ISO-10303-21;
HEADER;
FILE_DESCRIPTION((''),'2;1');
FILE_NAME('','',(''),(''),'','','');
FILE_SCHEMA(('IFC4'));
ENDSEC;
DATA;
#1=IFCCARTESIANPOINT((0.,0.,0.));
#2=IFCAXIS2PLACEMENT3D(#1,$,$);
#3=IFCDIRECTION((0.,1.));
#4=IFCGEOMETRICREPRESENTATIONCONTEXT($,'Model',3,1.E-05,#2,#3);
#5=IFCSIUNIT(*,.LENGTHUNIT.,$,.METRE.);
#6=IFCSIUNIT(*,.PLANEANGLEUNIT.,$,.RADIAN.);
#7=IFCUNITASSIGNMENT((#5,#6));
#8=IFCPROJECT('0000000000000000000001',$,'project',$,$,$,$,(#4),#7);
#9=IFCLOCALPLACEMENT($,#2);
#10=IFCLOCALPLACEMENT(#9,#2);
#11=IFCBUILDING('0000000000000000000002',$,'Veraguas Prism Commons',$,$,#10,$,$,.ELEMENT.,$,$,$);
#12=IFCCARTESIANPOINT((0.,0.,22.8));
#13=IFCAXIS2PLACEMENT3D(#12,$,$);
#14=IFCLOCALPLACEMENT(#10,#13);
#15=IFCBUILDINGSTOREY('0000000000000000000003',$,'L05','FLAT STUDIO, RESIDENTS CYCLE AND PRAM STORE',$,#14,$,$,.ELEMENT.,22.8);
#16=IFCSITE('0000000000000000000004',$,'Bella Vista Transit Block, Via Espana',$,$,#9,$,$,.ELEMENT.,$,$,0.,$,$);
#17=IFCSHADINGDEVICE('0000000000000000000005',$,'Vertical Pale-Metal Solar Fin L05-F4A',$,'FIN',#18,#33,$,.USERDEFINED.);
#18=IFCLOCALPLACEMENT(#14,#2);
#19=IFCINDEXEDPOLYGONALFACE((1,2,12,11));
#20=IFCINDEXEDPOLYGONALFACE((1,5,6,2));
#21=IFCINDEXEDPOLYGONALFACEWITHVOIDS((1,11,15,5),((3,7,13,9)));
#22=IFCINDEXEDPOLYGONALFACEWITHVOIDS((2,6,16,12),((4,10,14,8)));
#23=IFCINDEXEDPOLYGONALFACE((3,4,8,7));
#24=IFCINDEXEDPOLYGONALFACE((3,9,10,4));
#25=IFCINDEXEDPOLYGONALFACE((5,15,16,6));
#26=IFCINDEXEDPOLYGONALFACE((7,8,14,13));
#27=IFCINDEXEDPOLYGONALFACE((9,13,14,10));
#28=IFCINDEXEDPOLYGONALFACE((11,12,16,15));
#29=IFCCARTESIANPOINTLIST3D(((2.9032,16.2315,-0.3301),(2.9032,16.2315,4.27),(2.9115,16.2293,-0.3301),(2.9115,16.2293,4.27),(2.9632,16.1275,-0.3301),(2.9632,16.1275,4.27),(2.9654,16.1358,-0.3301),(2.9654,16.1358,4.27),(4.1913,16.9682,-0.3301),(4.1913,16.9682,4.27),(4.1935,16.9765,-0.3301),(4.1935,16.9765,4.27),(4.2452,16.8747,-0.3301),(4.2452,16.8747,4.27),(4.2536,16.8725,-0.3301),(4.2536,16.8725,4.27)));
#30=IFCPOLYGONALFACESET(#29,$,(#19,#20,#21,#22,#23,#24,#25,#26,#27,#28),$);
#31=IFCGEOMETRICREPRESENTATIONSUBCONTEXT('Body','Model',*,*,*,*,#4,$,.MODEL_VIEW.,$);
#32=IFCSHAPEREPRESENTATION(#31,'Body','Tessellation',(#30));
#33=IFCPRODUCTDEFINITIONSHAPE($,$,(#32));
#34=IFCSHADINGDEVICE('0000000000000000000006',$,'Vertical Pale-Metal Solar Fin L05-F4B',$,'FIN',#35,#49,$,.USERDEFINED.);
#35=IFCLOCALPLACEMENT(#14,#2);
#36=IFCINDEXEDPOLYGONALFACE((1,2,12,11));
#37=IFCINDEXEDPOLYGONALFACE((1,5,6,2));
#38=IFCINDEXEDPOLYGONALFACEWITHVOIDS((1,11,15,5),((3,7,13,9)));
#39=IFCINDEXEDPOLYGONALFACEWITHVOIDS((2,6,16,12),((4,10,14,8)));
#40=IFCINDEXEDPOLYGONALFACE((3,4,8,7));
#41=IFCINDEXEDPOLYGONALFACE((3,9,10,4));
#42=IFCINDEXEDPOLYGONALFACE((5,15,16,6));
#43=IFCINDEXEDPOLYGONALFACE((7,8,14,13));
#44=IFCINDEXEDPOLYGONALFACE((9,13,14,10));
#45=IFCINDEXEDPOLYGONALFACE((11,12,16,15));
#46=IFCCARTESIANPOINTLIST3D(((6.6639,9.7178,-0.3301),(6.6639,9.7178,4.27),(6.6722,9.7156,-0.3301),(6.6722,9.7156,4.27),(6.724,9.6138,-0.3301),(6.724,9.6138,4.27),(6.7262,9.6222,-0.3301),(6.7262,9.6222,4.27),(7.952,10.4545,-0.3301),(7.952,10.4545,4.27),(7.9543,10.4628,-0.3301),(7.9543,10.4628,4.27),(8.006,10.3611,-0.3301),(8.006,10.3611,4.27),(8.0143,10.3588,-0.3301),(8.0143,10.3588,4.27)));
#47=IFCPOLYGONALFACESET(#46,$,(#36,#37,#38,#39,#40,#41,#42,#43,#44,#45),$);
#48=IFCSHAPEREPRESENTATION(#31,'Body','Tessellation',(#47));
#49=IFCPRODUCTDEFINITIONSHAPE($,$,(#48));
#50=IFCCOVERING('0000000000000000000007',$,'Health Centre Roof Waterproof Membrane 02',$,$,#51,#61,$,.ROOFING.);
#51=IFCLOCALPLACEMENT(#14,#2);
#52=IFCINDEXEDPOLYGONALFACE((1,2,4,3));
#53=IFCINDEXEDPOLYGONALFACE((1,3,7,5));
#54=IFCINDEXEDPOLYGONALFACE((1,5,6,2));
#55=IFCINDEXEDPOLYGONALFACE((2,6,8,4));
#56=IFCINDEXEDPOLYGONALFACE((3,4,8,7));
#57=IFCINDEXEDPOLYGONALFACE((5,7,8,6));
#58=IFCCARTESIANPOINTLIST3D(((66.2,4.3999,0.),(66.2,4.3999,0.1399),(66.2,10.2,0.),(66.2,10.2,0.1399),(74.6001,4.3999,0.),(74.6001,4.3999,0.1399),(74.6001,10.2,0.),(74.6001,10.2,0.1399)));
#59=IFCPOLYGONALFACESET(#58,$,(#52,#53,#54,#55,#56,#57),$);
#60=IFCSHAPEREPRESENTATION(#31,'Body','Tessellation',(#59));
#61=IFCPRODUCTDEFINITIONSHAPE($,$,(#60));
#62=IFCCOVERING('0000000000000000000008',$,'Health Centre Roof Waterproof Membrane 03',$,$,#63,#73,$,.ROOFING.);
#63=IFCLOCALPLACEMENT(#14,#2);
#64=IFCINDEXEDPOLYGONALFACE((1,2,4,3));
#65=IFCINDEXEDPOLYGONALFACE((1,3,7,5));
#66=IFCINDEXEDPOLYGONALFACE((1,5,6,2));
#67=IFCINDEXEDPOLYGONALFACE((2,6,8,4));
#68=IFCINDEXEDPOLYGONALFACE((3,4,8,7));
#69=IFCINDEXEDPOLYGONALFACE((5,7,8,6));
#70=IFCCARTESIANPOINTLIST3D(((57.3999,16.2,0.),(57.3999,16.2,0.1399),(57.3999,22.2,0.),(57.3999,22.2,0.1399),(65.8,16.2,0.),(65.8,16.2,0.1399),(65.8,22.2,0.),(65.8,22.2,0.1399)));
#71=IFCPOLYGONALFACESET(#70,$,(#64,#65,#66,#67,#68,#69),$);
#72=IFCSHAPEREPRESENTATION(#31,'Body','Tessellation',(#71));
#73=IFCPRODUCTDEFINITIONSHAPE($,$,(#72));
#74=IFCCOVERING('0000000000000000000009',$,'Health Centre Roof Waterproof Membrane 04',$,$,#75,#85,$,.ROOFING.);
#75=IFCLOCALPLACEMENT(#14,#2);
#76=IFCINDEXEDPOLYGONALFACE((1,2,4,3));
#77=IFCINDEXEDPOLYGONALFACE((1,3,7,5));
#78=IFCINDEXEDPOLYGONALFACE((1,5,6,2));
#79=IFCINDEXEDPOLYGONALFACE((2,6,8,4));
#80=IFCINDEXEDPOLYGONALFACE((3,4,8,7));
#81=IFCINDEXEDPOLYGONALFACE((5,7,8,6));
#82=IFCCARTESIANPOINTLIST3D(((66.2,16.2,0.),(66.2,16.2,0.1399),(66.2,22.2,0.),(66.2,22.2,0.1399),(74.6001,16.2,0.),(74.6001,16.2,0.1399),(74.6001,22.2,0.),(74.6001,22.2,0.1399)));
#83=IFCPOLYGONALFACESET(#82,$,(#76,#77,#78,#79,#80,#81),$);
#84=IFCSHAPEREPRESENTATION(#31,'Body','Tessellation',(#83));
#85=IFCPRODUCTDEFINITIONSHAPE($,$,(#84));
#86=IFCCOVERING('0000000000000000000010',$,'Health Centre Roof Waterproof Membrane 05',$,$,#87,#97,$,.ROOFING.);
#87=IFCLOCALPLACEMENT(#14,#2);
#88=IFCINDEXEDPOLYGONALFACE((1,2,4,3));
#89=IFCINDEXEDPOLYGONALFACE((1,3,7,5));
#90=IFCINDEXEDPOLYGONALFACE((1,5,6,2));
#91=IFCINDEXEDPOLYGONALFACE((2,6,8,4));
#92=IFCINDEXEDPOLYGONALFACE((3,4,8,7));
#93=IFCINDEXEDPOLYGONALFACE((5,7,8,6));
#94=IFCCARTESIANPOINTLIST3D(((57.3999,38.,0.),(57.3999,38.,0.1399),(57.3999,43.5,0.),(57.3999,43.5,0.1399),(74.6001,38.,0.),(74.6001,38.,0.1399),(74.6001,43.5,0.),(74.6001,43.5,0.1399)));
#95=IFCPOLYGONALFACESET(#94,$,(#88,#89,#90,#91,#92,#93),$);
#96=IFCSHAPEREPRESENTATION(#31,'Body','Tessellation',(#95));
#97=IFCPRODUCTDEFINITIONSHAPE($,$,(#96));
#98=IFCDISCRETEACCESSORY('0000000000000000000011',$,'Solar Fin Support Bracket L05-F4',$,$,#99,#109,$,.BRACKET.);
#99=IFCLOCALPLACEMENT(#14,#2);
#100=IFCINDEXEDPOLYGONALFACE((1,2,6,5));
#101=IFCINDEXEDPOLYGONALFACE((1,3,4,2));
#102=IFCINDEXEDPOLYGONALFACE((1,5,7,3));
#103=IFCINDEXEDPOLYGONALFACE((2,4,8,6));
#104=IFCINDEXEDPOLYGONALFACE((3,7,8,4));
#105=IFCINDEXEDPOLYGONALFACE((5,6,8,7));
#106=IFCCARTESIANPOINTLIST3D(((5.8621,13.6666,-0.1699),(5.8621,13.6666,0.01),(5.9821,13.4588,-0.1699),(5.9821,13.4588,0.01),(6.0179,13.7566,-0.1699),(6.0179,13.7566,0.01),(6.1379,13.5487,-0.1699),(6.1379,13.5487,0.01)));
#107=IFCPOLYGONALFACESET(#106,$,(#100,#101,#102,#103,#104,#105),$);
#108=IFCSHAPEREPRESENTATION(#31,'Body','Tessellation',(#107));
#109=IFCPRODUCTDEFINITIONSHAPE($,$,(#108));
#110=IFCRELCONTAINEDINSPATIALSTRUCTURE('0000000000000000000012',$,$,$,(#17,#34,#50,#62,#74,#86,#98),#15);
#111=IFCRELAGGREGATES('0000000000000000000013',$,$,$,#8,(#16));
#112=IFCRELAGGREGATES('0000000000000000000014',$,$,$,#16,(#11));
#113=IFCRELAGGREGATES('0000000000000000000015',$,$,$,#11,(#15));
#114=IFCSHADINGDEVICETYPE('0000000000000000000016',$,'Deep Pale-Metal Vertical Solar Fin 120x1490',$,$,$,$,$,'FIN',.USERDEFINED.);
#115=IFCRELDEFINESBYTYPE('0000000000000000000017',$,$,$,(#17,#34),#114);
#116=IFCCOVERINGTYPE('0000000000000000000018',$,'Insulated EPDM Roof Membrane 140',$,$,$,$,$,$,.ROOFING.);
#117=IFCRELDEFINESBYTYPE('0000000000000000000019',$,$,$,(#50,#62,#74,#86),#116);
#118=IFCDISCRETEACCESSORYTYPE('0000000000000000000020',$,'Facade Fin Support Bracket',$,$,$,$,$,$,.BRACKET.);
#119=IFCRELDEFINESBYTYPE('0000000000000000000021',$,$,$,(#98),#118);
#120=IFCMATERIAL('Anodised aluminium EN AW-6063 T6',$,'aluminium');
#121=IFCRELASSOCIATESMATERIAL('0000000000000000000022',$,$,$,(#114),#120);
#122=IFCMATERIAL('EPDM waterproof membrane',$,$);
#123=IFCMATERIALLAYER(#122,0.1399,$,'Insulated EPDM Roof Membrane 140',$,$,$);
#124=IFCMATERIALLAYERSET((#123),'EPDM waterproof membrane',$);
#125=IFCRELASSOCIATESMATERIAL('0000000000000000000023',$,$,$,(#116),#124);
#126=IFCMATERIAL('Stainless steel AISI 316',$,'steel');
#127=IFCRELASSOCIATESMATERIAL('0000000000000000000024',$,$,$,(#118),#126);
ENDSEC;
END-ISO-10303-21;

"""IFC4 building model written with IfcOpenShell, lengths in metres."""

from ifc_helpers import new_model, si_unit, direction, frame, origin, origin_2d, place, context, subcontext, project, spatial, polyline, rectangle, hollow_rectangle, outline, extrude, source, transform, mapped, material, layer, layer_set, material_profile, profile_set, type_object, element, save


model = new_model("IFC4")

# Units and contexts
model_context = context("Model", 3, precision=1e-05, world=origin(), true_north=direction((0.0, 1.0)))
body_context = subcontext(model_context, "Body", "Model", "MODEL_VIEW")
ifc_project = project(units=[si_unit("LENGTHUNIT", "METRE"), si_unit("PLANEANGLEUNIT", "RADIAN")], contexts=[model_context])

# Site, building, storey
site_placement = place(None, origin())
site = spatial("IfcSite", under=ifc_project, at=site_placement, Name="Bella Vista Transit Block, Via Espana", CompositionType="ELEMENT", RefElevation=0.0)
building_placement = place(site_placement, origin())
building = spatial("IfcBuilding", under=site, at=building_placement, Name="Veraguas Prism Commons", CompositionType="ELEMENT")
storey_placement = place(building_placement, frame((0.0, 0.0, 22.8)))
storey = spatial("IfcBuildingStorey", under=building, at=storey_placement, Name="L05", Description="FLAT STUDIO, RESIDENTS CYCLE AND PRAM STORE", CompositionType="ELEMENT", Elevation=22.8)

# Shared definitions
ifc_material_1 = material(Name="Anodised aluminium EN AW-6063 T6", Category="aluminium")

# Shading devices
ifc_material_profile_1 = material_profile(ifc_material_1, hollow_rectangle(XDim=0.1201, YDim=1.49, WallThickness=0.0061, at=origin_2d()), Name="FIN120X1490X6")
ifc_profile_set_1 = profile_set([ifc_material_profile_1], Name="Anodised aluminium EN AW-6063 T6")
shading_device_type = type_object("IfcShadingDeviceType", Name="Deep Pale-Metal Vertical Solar Fin 120x1490", ElementType="FIN", PredefinedType="USERDEFINED", material=ifc_profile_set_1)
for number, where, z_axis, x_axis, name in (
    (1, (3.5784, 16.552, -0.3301), (0.0, 0.0, 1.0), (0.500003, -0.866024, 0.0), "Vertical Pale-Metal Solar Fin L05-F4A"),
    (2, (7.3391, 10.0383, -0.3301), (0.0, 0.0, 1.0), (0.500003, -0.866024, 0.0), "Vertical Pale-Metal Solar Fin L05-F4B"),
):
    element("IfcShadingDevice", number, at=place(storey_placement, frame(where, z_axis=z_axis, x_axis=x_axis)), inside=storey, type_object=shading_device_type, Name=name, ObjectType="FIN", PredefinedType="USERDEFINED", context=body_context, shape_type="SweptSolid", body=[
        extrude(hollow_rectangle(XDim=0.1201, YDim=1.49, WallThickness=0.0061, at=origin_2d()), origin(), (0.0, 0.0, 1.0), 4.6001),
    ])

# Coverings
ifc_material_2 = material(Name="EPDM waterproof membrane")
ifc_layer_1 = layer(ifc_material_2, 0.1399, Name="Insulated EPDM Roof Membrane 140")
ifc_layer_set_1 = layer_set([ifc_layer_1], Name="EPDM waterproof membrane")
covering_type = type_object("IfcCoveringType", Name="Insulated EPDM Roof Membrane 140", PredefinedType="ROOFING", material=ifc_layer_set_1)
covering_1_placement = place(storey_placement, origin())
element("IfcCovering", 3, at=covering_1_placement, inside=storey, type_object=covering_type, Name="Health Centre Roof Waterproof Membrane 02", PredefinedType="ROOFING", context=body_context, shape_type="SweptSolid", body=[
    extrude(outline(polyline([(66.2, 4.3999), (74.6001, 4.3999), (74.6001, 10.2), (66.2, 10.2), (66.2, 4.3999)])), origin(), (0.0, 0.0, 1.0), 0.1399),
])
covering_2_placement = place(storey_placement, origin())
element("IfcCovering", 4, at=covering_2_placement, inside=storey, type_object=covering_type, Name="Health Centre Roof Waterproof Membrane 03", PredefinedType="ROOFING", context=body_context, shape_type="SweptSolid", body=[
    extrude(outline(polyline([(57.3999, 16.2), (65.8, 16.2), (65.8, 22.2), (57.3999, 22.2), (57.3999, 16.2)])), origin(), (0.0, 0.0, 1.0), 0.1399),
])
covering_3_placement = place(storey_placement, origin())
element("IfcCovering", 5, at=covering_3_placement, inside=storey, type_object=covering_type, Name="Health Centre Roof Waterproof Membrane 04", PredefinedType="ROOFING", context=body_context, shape_type="SweptSolid", body=[
    extrude(outline(polyline([(66.2, 16.2), (74.6001, 16.2), (74.6001, 22.2), (66.2, 22.2), (66.2, 16.2)])), origin(), (0.0, 0.0, 1.0), 0.1399),
])
covering_4_placement = place(storey_placement, origin())
element("IfcCovering", 6, at=covering_4_placement, inside=storey, type_object=covering_type, Name="Health Centre Roof Waterproof Membrane 05", PredefinedType="ROOFING", context=body_context, shape_type="SweptSolid", body=[
    extrude(outline(polyline([(57.3999, 38.0), (74.6001, 38.0), (74.6001, 43.5), (57.3999, 43.5), (57.3999, 38.0)])), origin(), (0.0, 0.0, 1.0), 0.1399),
])

# Discrete accessory
ifc_material_3 = material(Name="Stainless steel AISI 316", Category="steel")
discrete_accessory_type = type_object("IfcDiscreteAccessoryType", Name="Facade Fin Support Bracket", PredefinedType="BRACKET", material=ifc_material_3)
shared_shape_1 = source(origin(), body_context, "Body", "SweptSolid", [
    extrude(rectangle(XDim=0.24, YDim=0.1799, at=origin_2d()), origin(), (0.0, 0.0, 1.0), 0.1799),
])
discrete_accessory_placement = place(storey_placement, frame((6.0, 13.6077, -0.1699), z_axis=(0.0, 0.0, 1.0), x_axis=(0.500003, -0.866024, 0.0)))
element("IfcDiscreteAccessory", 7, at=discrete_accessory_placement, inside=storey, type_object=discrete_accessory_type, Name="Solar Fin Support Bracket L05-F4", PredefinedType="BRACKET", context=body_context, shape_type="MappedRepresentation", body=[
    mapped(shared_shape_1, transform((0.0, 0.0, 0.0), scale=1.0)),
])

save(model, "model.ifc")
